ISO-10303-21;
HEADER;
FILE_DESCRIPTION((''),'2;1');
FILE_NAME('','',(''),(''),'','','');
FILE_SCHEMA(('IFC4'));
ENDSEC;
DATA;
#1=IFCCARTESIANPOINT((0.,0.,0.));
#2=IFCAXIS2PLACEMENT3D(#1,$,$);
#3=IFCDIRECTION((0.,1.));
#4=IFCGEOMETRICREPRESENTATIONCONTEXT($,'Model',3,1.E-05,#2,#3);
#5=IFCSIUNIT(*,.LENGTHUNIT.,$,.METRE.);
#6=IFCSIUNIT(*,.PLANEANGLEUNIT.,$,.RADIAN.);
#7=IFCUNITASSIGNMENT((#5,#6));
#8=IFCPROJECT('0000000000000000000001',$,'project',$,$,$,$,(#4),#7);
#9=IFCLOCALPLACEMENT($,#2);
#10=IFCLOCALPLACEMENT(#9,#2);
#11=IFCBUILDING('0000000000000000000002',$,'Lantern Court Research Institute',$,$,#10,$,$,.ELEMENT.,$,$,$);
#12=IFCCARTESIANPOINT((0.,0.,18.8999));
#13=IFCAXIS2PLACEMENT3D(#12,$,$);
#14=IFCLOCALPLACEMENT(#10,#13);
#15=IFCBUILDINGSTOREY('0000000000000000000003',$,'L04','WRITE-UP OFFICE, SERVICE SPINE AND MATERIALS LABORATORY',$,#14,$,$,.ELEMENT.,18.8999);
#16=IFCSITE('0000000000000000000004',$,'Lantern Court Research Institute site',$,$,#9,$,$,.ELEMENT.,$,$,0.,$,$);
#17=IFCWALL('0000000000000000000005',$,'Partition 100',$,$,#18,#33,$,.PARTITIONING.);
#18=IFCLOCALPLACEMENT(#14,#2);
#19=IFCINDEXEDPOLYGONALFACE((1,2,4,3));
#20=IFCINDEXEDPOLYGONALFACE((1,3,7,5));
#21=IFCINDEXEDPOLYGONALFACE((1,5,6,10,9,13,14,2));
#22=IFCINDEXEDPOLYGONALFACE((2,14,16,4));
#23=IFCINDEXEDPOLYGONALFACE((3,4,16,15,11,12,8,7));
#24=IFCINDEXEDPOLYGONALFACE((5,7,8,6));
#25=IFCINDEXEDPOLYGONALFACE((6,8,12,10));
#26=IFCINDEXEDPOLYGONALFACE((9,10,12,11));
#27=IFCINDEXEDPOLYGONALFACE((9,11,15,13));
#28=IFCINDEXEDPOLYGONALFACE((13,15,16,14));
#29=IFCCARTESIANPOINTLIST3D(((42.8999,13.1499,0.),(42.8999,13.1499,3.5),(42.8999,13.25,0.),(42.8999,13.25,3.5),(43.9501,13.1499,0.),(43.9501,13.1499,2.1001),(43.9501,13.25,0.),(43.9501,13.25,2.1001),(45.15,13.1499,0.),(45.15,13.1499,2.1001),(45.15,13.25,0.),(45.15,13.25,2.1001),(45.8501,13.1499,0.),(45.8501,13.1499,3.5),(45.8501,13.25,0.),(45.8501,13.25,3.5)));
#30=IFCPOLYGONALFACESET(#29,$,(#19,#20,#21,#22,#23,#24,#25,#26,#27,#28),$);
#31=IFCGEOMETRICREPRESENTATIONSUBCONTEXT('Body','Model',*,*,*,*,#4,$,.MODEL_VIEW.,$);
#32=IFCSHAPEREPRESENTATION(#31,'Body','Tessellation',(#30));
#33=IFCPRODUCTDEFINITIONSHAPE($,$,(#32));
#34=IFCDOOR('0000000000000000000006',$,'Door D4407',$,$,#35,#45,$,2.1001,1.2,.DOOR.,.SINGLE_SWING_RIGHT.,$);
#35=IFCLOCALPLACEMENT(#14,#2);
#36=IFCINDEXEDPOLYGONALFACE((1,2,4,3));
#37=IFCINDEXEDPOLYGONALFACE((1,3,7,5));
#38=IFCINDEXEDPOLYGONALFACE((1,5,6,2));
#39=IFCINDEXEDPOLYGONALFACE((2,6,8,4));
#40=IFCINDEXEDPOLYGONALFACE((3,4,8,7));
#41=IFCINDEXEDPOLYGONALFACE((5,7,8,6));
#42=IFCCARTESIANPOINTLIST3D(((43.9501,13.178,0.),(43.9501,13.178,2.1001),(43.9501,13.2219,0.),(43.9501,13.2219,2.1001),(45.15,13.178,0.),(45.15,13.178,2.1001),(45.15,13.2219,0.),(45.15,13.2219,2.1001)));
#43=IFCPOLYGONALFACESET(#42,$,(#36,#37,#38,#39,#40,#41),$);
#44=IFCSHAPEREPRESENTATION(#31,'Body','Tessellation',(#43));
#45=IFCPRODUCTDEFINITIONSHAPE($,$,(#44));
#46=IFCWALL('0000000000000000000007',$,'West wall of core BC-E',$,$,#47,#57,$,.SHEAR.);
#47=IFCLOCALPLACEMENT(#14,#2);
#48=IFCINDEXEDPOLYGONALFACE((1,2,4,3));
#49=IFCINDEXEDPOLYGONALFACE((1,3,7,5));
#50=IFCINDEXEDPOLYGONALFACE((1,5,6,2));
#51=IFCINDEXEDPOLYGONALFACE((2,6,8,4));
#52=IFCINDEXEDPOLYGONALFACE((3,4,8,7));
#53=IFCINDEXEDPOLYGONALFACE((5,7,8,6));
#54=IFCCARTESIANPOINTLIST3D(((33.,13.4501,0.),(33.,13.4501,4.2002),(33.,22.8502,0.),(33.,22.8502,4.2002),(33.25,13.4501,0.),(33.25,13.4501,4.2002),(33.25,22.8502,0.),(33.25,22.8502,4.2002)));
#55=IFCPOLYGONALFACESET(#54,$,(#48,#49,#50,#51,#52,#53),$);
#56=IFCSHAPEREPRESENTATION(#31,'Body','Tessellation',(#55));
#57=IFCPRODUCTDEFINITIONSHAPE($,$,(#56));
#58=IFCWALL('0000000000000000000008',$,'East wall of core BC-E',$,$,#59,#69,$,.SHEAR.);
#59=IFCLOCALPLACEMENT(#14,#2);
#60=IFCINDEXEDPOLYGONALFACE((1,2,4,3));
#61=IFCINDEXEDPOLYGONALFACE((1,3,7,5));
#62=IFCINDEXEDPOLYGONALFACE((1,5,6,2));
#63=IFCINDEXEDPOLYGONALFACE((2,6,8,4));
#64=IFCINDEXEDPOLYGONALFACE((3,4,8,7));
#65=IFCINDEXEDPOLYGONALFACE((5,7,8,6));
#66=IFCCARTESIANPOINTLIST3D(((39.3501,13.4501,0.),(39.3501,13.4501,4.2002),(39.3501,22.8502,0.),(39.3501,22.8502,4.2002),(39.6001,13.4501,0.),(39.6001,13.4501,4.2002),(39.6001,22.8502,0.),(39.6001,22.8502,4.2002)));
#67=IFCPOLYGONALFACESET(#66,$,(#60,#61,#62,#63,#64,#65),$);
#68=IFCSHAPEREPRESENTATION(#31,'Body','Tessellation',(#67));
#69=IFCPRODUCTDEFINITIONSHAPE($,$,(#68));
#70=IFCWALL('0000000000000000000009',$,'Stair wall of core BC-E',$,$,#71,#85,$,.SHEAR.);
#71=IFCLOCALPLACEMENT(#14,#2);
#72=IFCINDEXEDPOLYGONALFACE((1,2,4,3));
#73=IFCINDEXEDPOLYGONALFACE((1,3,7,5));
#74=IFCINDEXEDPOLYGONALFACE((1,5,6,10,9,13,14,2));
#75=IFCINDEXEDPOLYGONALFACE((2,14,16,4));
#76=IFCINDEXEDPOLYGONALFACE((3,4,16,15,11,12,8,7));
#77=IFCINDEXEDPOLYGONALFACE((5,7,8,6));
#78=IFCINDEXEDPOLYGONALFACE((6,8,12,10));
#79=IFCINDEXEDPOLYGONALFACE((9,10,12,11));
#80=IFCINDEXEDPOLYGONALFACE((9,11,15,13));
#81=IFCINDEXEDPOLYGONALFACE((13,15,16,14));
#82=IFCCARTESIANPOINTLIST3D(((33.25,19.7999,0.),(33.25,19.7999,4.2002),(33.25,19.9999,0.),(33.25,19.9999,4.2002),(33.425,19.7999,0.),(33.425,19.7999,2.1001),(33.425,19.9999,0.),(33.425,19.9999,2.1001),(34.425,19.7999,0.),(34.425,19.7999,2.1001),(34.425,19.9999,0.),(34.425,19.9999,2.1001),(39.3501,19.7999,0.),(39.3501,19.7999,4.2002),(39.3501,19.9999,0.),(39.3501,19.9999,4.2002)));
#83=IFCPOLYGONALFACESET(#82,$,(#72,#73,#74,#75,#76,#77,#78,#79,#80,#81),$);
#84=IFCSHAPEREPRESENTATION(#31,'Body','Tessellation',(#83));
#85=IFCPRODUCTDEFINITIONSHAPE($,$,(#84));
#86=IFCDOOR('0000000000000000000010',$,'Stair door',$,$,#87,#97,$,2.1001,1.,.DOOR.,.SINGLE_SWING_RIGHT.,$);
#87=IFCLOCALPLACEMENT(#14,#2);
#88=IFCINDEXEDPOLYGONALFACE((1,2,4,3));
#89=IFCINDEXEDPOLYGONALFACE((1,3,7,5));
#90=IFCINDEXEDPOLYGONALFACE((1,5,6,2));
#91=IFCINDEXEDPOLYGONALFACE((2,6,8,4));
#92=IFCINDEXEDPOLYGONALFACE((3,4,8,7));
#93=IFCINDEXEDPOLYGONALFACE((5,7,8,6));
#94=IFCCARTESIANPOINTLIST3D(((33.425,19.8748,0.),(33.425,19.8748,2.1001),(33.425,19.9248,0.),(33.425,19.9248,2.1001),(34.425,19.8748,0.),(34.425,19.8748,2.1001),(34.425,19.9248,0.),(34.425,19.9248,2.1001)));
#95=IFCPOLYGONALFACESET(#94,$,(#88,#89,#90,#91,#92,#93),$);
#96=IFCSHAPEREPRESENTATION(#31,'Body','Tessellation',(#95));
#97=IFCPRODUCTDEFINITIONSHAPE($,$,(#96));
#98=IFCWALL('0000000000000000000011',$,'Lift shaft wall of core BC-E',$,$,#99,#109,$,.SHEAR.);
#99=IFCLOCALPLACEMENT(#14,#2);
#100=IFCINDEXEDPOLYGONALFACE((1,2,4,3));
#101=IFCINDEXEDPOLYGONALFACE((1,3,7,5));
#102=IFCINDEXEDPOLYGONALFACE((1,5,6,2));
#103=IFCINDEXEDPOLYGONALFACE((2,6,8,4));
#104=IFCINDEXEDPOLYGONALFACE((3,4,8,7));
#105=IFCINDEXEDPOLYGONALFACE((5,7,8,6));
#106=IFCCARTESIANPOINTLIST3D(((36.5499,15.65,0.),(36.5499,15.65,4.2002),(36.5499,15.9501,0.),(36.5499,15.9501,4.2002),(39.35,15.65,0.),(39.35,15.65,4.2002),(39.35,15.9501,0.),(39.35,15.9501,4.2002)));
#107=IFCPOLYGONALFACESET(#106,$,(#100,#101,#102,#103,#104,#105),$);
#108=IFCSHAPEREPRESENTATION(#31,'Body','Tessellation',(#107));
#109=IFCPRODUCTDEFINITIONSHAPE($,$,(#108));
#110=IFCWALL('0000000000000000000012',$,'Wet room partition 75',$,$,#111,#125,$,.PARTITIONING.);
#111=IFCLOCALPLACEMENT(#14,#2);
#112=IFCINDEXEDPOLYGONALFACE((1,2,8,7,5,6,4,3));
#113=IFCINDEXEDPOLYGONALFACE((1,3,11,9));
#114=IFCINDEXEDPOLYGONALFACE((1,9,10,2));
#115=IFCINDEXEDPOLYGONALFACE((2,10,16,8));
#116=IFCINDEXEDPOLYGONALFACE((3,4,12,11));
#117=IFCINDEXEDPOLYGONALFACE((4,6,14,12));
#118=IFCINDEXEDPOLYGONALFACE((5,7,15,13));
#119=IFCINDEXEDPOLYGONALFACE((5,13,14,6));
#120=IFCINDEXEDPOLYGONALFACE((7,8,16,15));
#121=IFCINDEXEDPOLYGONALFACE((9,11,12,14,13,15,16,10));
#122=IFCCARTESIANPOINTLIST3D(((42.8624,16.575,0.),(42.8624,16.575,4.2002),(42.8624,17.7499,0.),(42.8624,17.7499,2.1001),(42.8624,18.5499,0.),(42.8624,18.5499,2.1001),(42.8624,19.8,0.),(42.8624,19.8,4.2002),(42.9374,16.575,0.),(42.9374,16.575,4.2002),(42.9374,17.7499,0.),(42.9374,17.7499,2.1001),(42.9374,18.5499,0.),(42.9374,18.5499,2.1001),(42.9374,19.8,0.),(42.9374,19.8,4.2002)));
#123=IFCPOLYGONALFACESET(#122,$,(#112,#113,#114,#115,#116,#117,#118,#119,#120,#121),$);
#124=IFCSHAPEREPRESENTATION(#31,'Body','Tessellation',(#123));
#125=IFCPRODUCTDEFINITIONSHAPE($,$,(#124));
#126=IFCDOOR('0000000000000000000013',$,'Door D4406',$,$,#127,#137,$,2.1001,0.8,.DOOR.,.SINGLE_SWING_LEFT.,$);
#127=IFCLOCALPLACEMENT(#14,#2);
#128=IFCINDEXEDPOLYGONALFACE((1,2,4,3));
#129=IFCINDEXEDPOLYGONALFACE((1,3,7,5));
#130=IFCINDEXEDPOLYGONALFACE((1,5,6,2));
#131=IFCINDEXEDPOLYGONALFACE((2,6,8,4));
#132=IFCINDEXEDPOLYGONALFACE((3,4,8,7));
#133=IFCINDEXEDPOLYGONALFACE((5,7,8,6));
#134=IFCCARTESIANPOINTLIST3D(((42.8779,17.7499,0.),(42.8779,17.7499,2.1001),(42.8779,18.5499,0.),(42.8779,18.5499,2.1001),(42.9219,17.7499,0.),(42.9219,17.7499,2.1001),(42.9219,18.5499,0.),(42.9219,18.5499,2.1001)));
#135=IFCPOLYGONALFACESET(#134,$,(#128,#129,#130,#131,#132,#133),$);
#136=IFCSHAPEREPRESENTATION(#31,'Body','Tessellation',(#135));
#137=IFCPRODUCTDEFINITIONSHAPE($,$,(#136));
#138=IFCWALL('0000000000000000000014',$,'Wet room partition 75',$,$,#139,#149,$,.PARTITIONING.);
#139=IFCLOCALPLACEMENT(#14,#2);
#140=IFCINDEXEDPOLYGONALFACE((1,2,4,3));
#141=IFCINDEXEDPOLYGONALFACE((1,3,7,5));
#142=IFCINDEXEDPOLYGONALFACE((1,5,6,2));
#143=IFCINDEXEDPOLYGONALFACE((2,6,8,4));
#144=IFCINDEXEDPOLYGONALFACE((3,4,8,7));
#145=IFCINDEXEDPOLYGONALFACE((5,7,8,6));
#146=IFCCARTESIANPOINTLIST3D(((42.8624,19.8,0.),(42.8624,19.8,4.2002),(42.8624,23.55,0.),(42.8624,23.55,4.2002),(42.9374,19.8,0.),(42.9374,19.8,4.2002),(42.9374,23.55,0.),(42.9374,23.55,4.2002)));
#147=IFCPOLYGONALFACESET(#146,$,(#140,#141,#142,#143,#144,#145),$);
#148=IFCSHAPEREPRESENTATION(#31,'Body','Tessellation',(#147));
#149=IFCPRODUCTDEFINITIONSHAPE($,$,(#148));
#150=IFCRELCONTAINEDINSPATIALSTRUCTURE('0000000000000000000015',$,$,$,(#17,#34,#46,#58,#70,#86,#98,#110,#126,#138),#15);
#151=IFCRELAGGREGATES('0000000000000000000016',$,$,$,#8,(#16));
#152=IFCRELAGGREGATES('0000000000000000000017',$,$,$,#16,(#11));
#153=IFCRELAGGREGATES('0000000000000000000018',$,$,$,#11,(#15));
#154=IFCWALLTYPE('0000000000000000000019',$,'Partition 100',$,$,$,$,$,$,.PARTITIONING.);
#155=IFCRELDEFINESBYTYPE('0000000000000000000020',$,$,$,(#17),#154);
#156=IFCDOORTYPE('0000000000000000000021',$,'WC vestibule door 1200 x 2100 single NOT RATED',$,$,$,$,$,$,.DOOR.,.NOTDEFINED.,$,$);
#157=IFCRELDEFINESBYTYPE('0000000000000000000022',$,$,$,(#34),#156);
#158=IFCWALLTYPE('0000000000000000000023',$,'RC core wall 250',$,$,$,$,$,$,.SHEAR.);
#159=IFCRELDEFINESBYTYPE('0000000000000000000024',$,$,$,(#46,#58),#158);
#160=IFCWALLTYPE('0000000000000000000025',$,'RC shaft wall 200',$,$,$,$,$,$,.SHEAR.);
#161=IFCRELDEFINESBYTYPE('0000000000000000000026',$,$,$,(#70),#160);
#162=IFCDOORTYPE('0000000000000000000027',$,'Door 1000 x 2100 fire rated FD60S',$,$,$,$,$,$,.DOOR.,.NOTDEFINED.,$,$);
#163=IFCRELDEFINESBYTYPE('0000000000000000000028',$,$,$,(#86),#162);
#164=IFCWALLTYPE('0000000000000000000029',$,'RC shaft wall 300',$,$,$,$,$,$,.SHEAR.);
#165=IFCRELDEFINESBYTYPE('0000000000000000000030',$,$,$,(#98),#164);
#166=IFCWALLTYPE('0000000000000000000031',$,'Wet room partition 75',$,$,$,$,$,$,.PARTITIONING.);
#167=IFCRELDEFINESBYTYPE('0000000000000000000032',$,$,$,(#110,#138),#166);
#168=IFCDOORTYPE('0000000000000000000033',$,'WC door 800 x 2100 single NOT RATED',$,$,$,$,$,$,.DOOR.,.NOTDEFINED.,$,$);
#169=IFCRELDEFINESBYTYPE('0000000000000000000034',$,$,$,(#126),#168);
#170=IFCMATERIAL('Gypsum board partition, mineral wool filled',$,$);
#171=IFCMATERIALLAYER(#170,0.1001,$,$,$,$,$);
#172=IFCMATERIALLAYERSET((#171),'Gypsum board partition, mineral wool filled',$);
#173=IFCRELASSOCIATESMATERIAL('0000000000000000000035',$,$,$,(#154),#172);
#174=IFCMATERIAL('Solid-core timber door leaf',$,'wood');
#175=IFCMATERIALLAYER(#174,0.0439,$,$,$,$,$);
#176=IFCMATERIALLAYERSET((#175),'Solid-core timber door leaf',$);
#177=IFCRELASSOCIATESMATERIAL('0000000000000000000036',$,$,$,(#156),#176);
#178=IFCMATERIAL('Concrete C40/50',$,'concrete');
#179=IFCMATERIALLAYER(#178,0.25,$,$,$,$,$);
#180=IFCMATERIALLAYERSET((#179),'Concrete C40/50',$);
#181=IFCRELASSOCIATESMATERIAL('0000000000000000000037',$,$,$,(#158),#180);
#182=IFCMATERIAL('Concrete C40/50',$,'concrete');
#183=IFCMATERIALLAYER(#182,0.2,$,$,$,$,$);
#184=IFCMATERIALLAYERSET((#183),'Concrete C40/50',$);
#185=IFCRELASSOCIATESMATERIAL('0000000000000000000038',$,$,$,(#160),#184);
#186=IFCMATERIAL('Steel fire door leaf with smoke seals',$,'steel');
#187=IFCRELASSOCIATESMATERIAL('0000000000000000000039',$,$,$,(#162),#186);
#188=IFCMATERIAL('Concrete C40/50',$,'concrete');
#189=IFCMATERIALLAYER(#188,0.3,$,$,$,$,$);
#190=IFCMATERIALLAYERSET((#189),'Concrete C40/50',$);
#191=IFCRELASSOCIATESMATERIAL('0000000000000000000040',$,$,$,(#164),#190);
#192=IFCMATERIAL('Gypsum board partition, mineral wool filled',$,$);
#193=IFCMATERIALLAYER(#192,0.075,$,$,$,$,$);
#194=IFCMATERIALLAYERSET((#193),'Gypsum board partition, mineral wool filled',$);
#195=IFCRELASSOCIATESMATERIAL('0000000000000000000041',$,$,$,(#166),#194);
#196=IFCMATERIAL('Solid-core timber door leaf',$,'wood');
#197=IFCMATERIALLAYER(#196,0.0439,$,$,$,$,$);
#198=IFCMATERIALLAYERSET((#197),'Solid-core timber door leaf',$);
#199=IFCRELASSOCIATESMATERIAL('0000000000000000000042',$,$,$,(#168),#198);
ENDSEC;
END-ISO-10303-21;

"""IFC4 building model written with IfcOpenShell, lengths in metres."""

from ifc_helpers import new_model, si_unit, direction, frame, frame_2d, origin, place, context, subcontext, project, spatial, rectangle, extrude, material, layer, layer_set, type_object, element, fill, save


model = new_model("IFC4")

# Units and contexts
model_context = context("Model", 3, precision=1e-05, world=origin(), true_north=direction((0.0, 1.0)))
body_context = subcontext(model_context, "Body", "Model", "MODEL_VIEW")
ifc_project = project(units=[si_unit("LENGTHUNIT", "METRE"), si_unit("PLANEANGLEUNIT", "RADIAN")], contexts=[model_context])

# Site, building, storey
site_placement = place(None, origin())
site = spatial("IfcSite", under=ifc_project, at=site_placement, Name="Lantern Court Research Institute site", CompositionType="ELEMENT", RefElevation=0.0)
building_placement = place(site_placement, origin())
building = spatial("IfcBuilding", under=site, at=building_placement, Name="Lantern Court Research Institute", CompositionType="ELEMENT")
storey_placement = place(building_placement, frame((0.0, 0.0, 18.8999)))
storey = spatial("IfcBuildingStorey", under=building, at=storey_placement, Name="L04", Description="WRITE-UP OFFICE, SERVICE SPINE AND MATERIALS LABORATORY", CompositionType="ELEMENT", Elevation=18.8999)

# Wall, opening, door
ifc_material_1 = material(Name="Gypsum board partition, mineral wool filled")
ifc_layer_1 = layer(ifc_material_1, 0.1001)
ifc_layer_set_1 = layer_set([ifc_layer_1], Name="Gypsum board partition, mineral wool filled")
wall_type_1 = type_object("IfcWallType", Name="Partition 100", PredefinedType="PARTITIONING", material=ifc_layer_set_1)
wall_1_placement = place(storey_placement, frame((42.8999, 13.2, 0.0), z_axis=(0.0, 0.0, 1.0), x_axis=(1.0, 0.0, 0.0)))
wall_1 = element("IfcWall", 1, at=wall_1_placement, inside=storey, type_object=wall_type_1, Name="Partition 100", PredefinedType="PARTITIONING", context=body_context, shape_type="SweptSolid", body=[
    extrude(rectangle(XDim=2.9502, YDim=0.1001, at=frame_2d((1.4751, 0.0))), origin(), (0.0, 0.0, 1.0), 3.5),
])
opening_1_placement = place(wall_1_placement, frame((1.05, 0.0, 0.0)))
opening_1 = element("IfcOpeningElement", 2, at=opening_1_placement, cuts=wall_1, PredefinedType="OPENING", context=body_context, shape_type="SweptSolid", body=[
    extrude(rectangle(XDim=1.2, YDim=2.1001, at=frame_2d((0.6001, 1.05))), frame((0.0, 0.0601, 0.0), z_axis=(0.0, -1.0, 0.0), x_axis=(1.0, 0.0, 0.0)), (0.0, 0.0, 1.0), 0.1201),
])
ifc_material_2 = material(Name="Solid-core timber door leaf", Category="wood")
ifc_layer_2 = layer(ifc_material_2, 0.0439)
ifc_layer_set_2 = layer_set([ifc_layer_2], Name="Solid-core timber door leaf")
door_type_1 = type_object("IfcDoorType", Name="WC vestibule door 1200 x 2100 single NOT RATED", OperationType="NOTDEFINED", PredefinedType="DOOR", material=ifc_layer_set_2)
door_1_placement = place(opening_1_placement, origin())
door_1 = element("IfcDoor", 3, at=door_1_placement, inside=storey, type_object=door_type_1, Name="Door D4407", OperationType="SINGLE_SWING_RIGHT", OverallHeight=2.1001, OverallWidth=1.2, PredefinedType="DOOR", context=body_context, shape_type="SweptSolid", body=[
    extrude(rectangle(XDim=1.2, YDim=2.1001, at=frame_2d((0.6001, 1.05))), frame((0.0, 0.022, 0.0), z_axis=(0.0, -1.0, 0.0), x_axis=(1.0, 0.0, 0.0)), (0.0, 0.0, 1.0), 0.0439),
])
fill(opening_1, door_1)

# Walls
ifc_material_3 = material(Name="Concrete C40/50", Category="concrete")
ifc_layer_3 = layer(ifc_material_3, 0.25)
ifc_layer_set_3 = layer_set([ifc_layer_3], Name="Concrete C40/50")
wall_type_2 = type_object("IfcWallType", Name="RC core wall 250", PredefinedType="SHEAR", material=ifc_layer_set_3)
for number, where, z_axis, x_axis, name in (
    (4, (33.125, 13.45, 0.0), (0.0, 0.0, 1.0), (0.0, 1.0, 0.0), "West wall of core BC-E"),
    (5, (39.4751, 13.45, 0.0), (0.0, 0.0, 1.0), (0.0, 1.0, 0.0), "East wall of core BC-E"),
):
    element("IfcWall", number, at=place(storey_placement, frame(where, z_axis=z_axis, x_axis=x_axis)), inside=storey, type_object=wall_type_2, Name=name, PredefinedType="SHEAR", context=body_context, shape_type="SweptSolid", body=[
        extrude(rectangle(XDim=9.4001, YDim=0.25, at=frame_2d((4.7002, 0.0))), origin(), (0.0, 0.0, 1.0), 4.2002),
    ])

# Wall, opening, door
ifc_material_4 = material(Name="Concrete C40/50", Category="concrete")
ifc_layer_4 = layer(ifc_material_4, 0.2)
ifc_layer_set_4 = layer_set([ifc_layer_4], Name="Concrete C40/50")
wall_type_3 = type_object("IfcWallType", Name="RC shaft wall 200", PredefinedType="SHEAR", material=ifc_layer_set_4)
wall_2_placement = place(storey_placement, frame((33.25, 19.8999, 0.0), z_axis=(0.0, 0.0, 1.0), x_axis=(1.0, 0.0, 0.0)))
wall_2 = element("IfcWall", 6, at=wall_2_placement, inside=storey, type_object=wall_type_3, Name="Stair wall of core BC-E", PredefinedType="SHEAR", context=body_context, shape_type="SweptSolid", body=[
    extrude(rectangle(XDim=6.1001, YDim=0.2, at=frame_2d((3.05, 0.0))), origin(), (0.0, 0.0, 1.0), 4.2002),
])
opening_2_placement = place(wall_2_placement, frame((0.175, 0.0, 0.0)))
opening_2 = element("IfcOpeningElement", 7, at=opening_2_placement, cuts=wall_2, PredefinedType="OPENING", context=body_context, shape_type="SweptSolid", body=[
    extrude(rectangle(XDim=1.0, YDim=2.1001, at=frame_2d((0.5, 1.05))), frame((0.0, 0.1099, 0.0), z_axis=(0.0, -1.0, 0.0), x_axis=(1.0, 0.0, 0.0)), (0.0, 0.0, 1.0), 0.22),
])
ifc_material_5 = material(Name="Steel fire door leaf with smoke seals", Category="steel")
door_type_2 = type_object("IfcDoorType", Name="Door 1000 x 2100 fire rated FD60S", OperationType="NOTDEFINED", PredefinedType="DOOR", material=ifc_material_5)
door_2_placement = place(opening_2_placement, origin())
door_2 = element("IfcDoor", 8, at=door_2_placement, inside=storey, type_object=door_type_2, Name="Stair door", OperationType="SINGLE_SWING_RIGHT", OverallHeight=2.1001, OverallWidth=1.0, PredefinedType="DOOR", context=body_context, shape_type="SweptSolid", body=[
    extrude(rectangle(XDim=1.0, YDim=2.1001, at=frame_2d((0.5, 1.05))), frame((0.0, 0.0249, 0.0), z_axis=(0.0, -1.0, 0.0), x_axis=(1.0, 0.0, 0.0)), (0.0, 0.0, 1.0), 0.05),
])
fill(opening_2, door_2)

# Shared definitions
ifc_material_6 = material(Name="Concrete C40/50", Category="concrete")
ifc_layer_5 = layer(ifc_material_6, 0.3)
ifc_layer_set_5 = layer_set([ifc_layer_5], Name="Concrete C40/50")
wall_type_4 = type_object("IfcWallType", Name="RC shaft wall 300", PredefinedType="SHEAR", material=ifc_layer_set_5)

# Wall
wall_3_placement = place(storey_placement, frame((36.55, 15.8, 0.0), z_axis=(0.0, 0.0, 1.0), x_axis=(1.0, 0.0, 0.0)))
element("IfcWall", 9, at=wall_3_placement, inside=storey, type_object=wall_type_4, Name="Lift shaft wall of core BC-E", PredefinedType="SHEAR", context=body_context, shape_type="SweptSolid", body=[
    extrude(rectangle(XDim=2.8, YDim=0.3, at=frame_2d((1.3999, 0.0))), origin(), (0.0, 0.0, 1.0), 4.2002),
])

# Wall, opening, door
ifc_material_7 = material(Name="Gypsum board partition, mineral wool filled")
ifc_layer_6 = layer(ifc_material_7, 0.075)
ifc_layer_set_6 = layer_set([ifc_layer_6], Name="Gypsum board partition, mineral wool filled")
wall_type_5 = type_object("IfcWallType", Name="Wet room partition 75", PredefinedType="PARTITIONING", material=ifc_layer_set_6)
wall_4_placement = place(storey_placement, frame((42.8999, 16.575, 0.0), z_axis=(0.0, 0.0, 1.0), x_axis=(0.0, 1.0, 0.0)))
wall_4 = element("IfcWall", 10, at=wall_4_placement, inside=storey, type_object=wall_type_5, Name="Wet room partition 75", PredefinedType="PARTITIONING", context=body_context, shape_type="SweptSolid", body=[
    extrude(rectangle(XDim=3.2251, YDim=0.075, at=frame_2d((1.6125, 0.0))), origin(), (0.0, 0.0, 1.0), 4.2002),
])
opening_3_placement = place(wall_4_placement, frame((1.175, 0.0, 0.0)))
opening_3 = element("IfcOpeningElement", 11, at=opening_3_placement, cuts=wall_4, PredefinedType="OPENING", context=body_context, shape_type="SweptSolid", body=[
    extrude(rectangle(XDim=0.8, YDim=2.1001, at=frame_2d((0.3999, 1.05))), frame((0.0, 0.0474, 0.0), z_axis=(0.0, -1.0, 0.0), x_axis=(1.0, 0.0, 0.0)), (0.0, 0.0, 1.0), 0.095),
])
ifc_material_8 = material(Name="Solid-core timber door leaf", Category="wood")
ifc_layer_7 = layer(ifc_material_8, 0.0439)
ifc_layer_set_7 = layer_set([ifc_layer_7], Name="Solid-core timber door leaf")
door_type_3 = type_object("IfcDoorType", Name="WC door 800 x 2100 single NOT RATED", OperationType="NOTDEFINED", PredefinedType="DOOR", material=ifc_layer_set_7)
door_3_placement = place(opening_3_placement, origin())
door_3 = element("IfcDoor", 12, at=door_3_placement, inside=storey, type_object=door_type_3, Name="Door D4406", OperationType="SINGLE_SWING_LEFT", OverallHeight=2.1001, OverallWidth=0.8, PredefinedType="DOOR", context=body_context, shape_type="SweptSolid", body=[
    extrude(rectangle(XDim=0.8, YDim=2.1001, at=frame_2d((0.3999, 1.05))), frame((0.0, 0.022, 0.0), z_axis=(0.0, -1.0, 0.0), x_axis=(1.0, 0.0, 0.0)), (0.0, 0.0, 1.0), 0.0439),
])
fill(opening_3, door_3)

# Wall
wall_5_placement = place(storey_placement, frame((42.8999, 19.8, 0.0), z_axis=(0.0, 0.0, 1.0), x_axis=(0.0, 1.0, 0.0)))
element("IfcWall", 13, at=wall_5_placement, inside=storey, type_object=wall_type_5, Name="Wet room partition 75", PredefinedType="PARTITIONING", context=body_context, shape_type="SweptSolid", body=[
    extrude(rectangle(XDim=3.75, YDim=0.075, at=frame_2d((1.875, 0.0))), origin(), (0.0, 0.0, 1.0), 4.2002),
])

save(model, "model.ifc")
